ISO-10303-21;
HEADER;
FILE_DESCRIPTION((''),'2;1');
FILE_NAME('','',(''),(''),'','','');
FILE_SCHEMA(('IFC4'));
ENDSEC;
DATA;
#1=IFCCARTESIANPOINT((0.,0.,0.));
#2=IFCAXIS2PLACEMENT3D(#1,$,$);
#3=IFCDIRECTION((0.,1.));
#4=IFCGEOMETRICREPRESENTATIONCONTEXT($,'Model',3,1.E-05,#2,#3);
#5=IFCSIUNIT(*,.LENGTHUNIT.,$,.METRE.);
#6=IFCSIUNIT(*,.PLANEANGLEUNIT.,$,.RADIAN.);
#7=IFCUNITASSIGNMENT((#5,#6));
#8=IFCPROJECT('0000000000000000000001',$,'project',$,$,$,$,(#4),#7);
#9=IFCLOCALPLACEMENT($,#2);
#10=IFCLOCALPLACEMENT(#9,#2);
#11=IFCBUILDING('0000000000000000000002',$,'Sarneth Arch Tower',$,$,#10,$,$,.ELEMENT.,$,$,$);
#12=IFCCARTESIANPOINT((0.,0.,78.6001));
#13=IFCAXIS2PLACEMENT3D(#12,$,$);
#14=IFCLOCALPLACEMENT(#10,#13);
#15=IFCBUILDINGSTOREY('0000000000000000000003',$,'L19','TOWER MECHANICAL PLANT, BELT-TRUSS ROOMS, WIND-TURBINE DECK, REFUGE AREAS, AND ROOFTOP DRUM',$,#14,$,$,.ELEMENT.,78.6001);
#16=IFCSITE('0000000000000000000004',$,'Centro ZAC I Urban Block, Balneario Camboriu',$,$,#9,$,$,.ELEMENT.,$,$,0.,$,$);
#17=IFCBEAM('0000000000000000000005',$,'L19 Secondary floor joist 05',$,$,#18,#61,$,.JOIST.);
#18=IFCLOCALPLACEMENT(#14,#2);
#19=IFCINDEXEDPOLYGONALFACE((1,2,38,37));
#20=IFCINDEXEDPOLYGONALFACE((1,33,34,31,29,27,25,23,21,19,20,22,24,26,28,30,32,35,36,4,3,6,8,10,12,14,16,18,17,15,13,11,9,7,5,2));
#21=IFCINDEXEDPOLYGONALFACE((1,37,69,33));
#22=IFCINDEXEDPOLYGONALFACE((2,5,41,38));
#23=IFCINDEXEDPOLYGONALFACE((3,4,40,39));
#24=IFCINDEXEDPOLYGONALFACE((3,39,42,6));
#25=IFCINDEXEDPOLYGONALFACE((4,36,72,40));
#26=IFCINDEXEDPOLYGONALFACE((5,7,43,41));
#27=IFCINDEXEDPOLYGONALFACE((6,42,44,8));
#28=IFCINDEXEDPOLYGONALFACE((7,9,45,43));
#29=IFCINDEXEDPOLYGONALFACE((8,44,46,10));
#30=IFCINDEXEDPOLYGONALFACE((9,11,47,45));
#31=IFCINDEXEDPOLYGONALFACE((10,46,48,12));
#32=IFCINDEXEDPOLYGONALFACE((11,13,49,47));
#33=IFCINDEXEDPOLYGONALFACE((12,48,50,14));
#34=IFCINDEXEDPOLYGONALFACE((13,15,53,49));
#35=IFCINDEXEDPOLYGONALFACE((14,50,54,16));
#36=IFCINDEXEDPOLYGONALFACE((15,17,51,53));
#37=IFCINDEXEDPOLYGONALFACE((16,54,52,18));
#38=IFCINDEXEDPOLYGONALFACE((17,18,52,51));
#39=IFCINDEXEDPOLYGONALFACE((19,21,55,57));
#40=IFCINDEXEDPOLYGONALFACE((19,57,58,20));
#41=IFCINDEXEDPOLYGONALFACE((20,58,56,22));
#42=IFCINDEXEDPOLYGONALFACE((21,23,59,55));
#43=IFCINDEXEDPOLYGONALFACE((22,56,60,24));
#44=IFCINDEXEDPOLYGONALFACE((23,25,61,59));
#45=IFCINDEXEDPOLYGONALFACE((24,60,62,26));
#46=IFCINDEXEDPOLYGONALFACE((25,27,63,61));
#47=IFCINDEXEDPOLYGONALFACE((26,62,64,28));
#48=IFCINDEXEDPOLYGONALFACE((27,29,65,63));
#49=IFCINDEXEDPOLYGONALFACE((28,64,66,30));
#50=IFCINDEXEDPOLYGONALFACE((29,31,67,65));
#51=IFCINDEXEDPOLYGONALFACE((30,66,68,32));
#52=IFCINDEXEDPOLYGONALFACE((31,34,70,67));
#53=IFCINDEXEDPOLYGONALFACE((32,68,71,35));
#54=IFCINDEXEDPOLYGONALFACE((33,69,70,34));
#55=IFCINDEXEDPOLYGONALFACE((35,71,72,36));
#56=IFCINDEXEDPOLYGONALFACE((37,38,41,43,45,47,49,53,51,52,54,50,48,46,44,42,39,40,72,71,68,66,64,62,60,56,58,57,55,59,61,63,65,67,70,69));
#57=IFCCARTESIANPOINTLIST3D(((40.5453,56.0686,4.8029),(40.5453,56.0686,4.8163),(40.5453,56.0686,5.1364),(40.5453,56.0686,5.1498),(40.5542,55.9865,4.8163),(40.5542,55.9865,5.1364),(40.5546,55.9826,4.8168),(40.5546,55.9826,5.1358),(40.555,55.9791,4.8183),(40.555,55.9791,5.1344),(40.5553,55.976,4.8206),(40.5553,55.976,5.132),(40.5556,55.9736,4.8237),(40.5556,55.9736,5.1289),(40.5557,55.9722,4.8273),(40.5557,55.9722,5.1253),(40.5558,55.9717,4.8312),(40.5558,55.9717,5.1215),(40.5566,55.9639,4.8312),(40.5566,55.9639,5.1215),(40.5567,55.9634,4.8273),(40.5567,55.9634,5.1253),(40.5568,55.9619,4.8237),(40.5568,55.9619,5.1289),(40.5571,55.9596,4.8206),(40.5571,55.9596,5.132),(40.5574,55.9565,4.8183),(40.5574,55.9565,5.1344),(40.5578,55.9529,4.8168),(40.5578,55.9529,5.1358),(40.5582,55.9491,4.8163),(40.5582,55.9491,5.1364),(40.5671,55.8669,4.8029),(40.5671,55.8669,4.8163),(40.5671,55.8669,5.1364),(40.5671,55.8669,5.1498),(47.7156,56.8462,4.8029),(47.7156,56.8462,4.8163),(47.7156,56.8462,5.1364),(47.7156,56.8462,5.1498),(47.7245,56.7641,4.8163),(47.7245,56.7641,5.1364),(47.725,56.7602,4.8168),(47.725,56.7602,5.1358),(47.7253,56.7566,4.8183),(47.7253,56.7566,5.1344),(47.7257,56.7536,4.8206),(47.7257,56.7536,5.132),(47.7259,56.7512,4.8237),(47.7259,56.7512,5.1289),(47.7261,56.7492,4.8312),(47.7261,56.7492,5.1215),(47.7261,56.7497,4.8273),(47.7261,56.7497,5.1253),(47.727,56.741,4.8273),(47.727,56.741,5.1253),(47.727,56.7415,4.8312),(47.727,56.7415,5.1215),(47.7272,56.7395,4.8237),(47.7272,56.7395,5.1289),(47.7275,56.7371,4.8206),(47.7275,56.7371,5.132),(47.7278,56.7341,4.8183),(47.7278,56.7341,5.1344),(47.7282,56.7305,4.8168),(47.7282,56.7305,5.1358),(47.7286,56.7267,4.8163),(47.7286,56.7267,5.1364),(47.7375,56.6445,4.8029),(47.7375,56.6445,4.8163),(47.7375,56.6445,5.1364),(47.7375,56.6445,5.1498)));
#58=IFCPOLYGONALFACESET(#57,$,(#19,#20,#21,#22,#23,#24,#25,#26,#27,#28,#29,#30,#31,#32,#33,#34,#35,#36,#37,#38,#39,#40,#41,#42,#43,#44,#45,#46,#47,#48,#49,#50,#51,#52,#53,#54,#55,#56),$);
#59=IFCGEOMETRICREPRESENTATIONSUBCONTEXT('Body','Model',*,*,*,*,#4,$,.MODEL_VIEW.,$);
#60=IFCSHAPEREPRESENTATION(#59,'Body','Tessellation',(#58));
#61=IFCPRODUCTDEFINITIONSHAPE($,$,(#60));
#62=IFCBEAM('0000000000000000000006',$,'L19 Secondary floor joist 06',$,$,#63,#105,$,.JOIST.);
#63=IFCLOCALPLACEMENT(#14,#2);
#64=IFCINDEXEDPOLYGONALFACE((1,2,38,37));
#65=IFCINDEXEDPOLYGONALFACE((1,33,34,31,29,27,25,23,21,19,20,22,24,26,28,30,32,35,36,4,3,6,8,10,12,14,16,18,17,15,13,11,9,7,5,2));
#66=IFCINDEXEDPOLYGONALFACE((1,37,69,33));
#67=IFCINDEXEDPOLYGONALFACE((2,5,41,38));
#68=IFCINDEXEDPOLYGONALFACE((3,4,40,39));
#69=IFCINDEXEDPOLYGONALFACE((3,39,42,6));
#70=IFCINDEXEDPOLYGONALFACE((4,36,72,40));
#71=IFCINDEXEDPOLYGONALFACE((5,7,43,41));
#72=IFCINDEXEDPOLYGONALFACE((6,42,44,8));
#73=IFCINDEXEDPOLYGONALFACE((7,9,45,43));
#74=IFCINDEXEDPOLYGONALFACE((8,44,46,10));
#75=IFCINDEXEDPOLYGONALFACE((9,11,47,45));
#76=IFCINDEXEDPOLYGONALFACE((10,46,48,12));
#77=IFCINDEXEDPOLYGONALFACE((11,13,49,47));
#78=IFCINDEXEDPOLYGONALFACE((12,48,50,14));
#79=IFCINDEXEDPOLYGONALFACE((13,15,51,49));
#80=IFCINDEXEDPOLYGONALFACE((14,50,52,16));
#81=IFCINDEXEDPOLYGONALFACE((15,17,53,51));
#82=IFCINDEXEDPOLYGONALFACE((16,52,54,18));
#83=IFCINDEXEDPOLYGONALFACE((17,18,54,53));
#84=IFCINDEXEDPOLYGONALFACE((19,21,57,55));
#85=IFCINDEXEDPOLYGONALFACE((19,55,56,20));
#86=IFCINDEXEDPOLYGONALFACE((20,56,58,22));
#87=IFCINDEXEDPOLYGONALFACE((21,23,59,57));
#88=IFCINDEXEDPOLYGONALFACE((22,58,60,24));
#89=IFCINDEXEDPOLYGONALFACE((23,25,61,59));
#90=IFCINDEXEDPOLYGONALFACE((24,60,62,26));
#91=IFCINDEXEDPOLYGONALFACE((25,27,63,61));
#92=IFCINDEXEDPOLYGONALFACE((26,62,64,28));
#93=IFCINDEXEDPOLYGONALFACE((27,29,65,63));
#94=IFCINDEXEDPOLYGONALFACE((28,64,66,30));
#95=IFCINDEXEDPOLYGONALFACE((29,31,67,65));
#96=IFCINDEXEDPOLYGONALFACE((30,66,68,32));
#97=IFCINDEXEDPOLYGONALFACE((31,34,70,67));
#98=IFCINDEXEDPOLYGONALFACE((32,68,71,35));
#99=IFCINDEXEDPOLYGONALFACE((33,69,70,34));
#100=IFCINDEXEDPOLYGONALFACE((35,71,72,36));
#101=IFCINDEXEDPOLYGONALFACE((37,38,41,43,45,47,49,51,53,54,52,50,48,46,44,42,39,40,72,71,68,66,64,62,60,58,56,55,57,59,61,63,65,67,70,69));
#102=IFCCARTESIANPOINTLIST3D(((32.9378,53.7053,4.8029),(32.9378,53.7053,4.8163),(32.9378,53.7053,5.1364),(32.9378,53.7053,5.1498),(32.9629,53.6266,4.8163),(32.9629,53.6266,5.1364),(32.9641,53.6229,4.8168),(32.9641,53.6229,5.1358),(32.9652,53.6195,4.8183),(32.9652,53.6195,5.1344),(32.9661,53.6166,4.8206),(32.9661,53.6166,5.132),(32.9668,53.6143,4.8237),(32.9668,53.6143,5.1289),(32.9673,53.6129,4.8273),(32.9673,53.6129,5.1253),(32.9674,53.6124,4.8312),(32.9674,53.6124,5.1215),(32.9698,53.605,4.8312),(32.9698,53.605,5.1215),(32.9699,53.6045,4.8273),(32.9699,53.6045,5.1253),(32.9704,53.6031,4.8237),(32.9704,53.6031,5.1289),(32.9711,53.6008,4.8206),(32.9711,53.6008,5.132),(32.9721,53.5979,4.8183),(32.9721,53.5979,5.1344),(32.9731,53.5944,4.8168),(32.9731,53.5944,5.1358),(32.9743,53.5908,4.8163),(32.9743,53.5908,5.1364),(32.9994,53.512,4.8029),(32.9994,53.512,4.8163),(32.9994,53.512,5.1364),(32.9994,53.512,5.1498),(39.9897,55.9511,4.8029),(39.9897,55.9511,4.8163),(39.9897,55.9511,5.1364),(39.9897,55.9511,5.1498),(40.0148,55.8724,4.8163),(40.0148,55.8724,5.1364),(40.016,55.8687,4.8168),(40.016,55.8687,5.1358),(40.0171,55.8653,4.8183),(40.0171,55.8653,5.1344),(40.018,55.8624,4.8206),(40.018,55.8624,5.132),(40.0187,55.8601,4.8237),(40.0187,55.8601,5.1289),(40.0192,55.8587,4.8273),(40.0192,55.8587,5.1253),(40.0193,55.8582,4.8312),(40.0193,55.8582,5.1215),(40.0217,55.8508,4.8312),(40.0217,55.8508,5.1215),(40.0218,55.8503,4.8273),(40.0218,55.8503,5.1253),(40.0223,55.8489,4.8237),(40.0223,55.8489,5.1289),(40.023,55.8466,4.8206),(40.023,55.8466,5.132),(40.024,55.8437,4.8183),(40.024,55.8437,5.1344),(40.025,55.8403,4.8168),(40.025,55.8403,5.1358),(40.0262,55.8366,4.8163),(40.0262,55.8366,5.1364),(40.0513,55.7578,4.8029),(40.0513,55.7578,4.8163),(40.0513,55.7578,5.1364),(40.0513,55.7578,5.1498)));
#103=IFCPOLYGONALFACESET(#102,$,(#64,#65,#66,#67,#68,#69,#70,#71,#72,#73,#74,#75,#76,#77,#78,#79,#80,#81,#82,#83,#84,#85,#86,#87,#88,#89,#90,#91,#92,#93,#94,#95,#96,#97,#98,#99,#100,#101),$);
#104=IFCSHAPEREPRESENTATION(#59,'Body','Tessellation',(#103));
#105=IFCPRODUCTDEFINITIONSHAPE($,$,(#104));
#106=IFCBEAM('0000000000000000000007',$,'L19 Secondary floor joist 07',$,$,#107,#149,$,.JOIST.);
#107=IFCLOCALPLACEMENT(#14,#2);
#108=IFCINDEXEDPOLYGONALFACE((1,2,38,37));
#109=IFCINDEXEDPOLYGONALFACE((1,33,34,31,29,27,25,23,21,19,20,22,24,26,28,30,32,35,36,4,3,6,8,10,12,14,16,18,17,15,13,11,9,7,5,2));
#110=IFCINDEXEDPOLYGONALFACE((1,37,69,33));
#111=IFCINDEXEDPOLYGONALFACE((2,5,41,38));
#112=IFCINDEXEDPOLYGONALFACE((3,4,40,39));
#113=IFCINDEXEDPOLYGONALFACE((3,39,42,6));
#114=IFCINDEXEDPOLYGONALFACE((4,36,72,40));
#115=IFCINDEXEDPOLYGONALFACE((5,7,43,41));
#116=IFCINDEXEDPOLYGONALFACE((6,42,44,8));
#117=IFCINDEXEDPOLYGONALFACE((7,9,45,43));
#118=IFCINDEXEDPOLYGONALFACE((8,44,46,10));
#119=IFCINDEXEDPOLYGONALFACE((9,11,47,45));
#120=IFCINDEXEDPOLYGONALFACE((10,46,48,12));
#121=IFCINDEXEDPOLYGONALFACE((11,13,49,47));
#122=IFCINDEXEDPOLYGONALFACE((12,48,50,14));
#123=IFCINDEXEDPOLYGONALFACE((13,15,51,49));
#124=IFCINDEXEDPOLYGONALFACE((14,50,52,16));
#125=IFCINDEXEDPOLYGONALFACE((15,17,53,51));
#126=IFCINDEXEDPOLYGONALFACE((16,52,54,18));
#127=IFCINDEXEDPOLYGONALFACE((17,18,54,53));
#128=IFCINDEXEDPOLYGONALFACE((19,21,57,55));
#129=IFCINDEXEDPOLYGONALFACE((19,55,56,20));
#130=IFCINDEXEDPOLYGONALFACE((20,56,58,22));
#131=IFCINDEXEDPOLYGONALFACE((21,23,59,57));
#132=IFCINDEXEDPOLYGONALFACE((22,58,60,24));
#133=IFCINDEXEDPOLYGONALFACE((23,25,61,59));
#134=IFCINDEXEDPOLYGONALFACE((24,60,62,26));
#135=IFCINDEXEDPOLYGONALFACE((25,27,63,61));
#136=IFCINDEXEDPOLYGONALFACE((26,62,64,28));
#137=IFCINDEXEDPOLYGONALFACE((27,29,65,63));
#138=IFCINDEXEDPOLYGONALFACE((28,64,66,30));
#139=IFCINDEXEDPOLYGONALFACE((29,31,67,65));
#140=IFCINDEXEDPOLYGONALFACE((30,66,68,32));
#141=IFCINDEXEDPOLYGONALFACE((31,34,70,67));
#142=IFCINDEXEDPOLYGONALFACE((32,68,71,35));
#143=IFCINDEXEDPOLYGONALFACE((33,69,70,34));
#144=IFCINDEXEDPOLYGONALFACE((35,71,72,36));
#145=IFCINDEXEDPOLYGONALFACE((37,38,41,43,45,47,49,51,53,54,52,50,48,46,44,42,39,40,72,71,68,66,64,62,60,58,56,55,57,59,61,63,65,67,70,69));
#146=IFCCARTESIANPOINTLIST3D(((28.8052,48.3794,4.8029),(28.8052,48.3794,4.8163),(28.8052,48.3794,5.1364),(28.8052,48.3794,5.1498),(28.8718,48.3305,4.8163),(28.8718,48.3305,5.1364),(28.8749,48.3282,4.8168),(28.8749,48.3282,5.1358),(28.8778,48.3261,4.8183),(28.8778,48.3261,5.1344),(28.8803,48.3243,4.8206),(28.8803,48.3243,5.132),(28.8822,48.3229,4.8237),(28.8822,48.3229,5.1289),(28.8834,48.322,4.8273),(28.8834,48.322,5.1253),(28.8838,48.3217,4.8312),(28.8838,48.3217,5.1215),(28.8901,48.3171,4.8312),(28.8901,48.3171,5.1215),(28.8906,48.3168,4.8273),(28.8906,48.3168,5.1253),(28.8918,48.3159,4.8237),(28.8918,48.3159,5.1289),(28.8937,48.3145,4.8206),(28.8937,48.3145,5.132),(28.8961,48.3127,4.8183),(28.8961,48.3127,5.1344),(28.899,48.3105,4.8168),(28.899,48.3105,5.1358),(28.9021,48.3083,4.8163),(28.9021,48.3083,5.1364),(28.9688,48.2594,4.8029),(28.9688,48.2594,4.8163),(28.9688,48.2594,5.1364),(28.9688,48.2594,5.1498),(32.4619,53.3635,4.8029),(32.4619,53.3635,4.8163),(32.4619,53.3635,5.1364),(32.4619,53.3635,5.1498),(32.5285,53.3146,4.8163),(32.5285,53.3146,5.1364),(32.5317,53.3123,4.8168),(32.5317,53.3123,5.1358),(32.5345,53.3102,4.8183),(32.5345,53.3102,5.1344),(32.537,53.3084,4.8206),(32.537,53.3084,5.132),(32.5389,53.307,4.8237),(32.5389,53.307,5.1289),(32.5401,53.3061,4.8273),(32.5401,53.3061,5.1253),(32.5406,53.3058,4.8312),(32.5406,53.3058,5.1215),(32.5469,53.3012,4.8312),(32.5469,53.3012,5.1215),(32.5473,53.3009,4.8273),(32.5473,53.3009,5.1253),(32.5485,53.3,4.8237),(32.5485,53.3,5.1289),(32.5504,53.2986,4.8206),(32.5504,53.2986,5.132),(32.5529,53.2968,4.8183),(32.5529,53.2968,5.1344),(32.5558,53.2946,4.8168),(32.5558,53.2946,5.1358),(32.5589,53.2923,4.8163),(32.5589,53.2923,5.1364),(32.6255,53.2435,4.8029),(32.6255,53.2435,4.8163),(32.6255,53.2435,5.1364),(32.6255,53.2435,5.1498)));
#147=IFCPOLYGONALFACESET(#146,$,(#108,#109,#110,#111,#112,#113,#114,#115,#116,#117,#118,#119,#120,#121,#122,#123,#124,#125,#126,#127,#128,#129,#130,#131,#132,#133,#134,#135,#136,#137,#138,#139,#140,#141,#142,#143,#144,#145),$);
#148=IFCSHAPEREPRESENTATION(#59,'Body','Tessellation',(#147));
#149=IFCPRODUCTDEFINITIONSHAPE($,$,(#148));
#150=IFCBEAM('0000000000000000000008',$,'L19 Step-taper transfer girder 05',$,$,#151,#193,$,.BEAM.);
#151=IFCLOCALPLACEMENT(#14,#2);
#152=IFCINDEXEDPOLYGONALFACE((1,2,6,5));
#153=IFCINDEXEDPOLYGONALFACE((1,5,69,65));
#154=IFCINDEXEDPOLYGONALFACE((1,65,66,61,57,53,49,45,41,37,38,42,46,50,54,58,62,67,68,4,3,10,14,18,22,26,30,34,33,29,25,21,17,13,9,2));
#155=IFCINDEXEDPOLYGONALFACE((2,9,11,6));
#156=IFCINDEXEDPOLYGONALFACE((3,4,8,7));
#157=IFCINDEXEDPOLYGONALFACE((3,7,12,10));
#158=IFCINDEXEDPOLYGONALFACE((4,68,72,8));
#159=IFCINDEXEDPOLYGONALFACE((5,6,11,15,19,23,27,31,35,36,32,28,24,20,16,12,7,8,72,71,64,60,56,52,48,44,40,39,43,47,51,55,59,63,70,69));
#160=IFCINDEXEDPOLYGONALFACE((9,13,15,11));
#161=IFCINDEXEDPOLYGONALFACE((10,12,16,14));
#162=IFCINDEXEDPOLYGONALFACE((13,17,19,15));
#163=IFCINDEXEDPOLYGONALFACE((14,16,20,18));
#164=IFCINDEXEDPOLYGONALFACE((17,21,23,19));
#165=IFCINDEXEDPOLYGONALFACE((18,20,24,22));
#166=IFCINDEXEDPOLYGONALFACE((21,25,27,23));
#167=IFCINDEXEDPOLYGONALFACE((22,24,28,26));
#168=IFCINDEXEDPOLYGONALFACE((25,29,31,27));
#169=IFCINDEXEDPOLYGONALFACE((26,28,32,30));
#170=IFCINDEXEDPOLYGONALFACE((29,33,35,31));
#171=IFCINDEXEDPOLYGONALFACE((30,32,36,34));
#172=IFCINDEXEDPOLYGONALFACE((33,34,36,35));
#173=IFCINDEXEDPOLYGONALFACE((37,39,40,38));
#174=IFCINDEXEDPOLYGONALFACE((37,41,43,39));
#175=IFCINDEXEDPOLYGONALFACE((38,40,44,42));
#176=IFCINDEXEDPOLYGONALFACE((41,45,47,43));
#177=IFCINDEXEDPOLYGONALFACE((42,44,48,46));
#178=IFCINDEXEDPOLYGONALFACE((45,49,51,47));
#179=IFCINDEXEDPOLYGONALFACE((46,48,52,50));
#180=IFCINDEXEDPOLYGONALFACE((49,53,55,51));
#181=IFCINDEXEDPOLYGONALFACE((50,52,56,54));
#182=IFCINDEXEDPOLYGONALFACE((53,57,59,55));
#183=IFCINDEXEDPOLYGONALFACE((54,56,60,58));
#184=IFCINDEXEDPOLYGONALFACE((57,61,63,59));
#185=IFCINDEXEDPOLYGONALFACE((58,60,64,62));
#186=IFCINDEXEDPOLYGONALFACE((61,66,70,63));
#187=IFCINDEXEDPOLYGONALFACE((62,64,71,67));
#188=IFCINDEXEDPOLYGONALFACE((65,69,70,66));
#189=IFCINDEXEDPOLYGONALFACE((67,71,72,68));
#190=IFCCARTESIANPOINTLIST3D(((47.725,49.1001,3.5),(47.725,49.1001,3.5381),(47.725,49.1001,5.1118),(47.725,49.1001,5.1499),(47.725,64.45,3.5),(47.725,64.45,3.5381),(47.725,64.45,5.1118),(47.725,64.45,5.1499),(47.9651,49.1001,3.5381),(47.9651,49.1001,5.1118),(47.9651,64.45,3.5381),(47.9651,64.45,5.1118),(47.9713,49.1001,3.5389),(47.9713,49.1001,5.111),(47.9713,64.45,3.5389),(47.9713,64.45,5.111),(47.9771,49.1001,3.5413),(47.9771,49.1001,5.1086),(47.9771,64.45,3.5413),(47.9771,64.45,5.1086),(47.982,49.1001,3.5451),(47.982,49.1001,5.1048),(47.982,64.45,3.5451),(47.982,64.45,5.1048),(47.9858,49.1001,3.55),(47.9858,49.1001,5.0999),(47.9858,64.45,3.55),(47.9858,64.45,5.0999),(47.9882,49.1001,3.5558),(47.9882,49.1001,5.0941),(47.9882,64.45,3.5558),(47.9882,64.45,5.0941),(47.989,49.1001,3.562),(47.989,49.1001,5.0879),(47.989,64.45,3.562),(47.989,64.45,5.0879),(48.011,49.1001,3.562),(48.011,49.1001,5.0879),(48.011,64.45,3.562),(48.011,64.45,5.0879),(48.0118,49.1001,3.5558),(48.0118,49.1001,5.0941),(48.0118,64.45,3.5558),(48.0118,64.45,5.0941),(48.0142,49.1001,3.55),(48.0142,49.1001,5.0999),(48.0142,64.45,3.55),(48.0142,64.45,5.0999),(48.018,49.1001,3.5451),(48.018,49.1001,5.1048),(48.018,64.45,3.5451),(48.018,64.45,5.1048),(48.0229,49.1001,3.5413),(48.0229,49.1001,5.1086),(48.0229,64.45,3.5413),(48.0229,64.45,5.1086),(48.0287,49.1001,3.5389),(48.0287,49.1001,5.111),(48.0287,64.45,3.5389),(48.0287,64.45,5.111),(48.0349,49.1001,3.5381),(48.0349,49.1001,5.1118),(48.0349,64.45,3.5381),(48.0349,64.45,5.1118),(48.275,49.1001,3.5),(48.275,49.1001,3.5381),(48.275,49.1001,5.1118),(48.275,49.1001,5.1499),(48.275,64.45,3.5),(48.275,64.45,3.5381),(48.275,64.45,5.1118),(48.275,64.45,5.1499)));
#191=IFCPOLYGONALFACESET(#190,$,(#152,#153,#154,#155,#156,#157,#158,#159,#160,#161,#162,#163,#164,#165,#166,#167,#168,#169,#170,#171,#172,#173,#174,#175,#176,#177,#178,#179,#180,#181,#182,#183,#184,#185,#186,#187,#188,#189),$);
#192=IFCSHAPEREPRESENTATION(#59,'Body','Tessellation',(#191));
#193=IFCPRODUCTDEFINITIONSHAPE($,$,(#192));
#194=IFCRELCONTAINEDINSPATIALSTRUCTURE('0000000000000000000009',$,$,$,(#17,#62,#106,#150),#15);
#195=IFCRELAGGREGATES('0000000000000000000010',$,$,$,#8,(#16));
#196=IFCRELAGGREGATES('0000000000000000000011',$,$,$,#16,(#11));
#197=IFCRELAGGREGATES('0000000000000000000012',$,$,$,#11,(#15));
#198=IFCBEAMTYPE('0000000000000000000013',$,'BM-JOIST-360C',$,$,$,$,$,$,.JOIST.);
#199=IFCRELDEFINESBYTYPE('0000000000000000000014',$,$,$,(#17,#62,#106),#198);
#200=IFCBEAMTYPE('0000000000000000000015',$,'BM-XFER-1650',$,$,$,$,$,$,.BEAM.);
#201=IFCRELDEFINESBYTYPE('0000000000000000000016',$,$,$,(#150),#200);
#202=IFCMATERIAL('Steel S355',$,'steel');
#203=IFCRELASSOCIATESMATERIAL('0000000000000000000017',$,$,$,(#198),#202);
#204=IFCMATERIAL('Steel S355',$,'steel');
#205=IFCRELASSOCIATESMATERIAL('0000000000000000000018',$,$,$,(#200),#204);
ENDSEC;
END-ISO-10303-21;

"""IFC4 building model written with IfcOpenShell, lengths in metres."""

from ifc_helpers import new_model, si_unit, direction, frame, origin, origin_2d, place, context, subcontext, project, spatial, i_section, extrude, material, material_profile, profile_set, type_object, element, save


model = new_model("IFC4")

# Units and contexts
model_context = context("Model", 3, precision=1e-05, world=origin(), true_north=direction((0.0, 1.0)))
body_context = subcontext(model_context, "Body", "Model", "MODEL_VIEW")
ifc_project = project(units=[si_unit("LENGTHUNIT", "METRE"), si_unit("PLANEANGLEUNIT", "RADIAN")], contexts=[model_context])

# Site, building, storey
site_placement = place(None, origin())
site = spatial("IfcSite", under=ifc_project, at=site_placement, Name="Centro ZAC I Urban Block, Balneario Camboriu", CompositionType="ELEMENT", RefElevation=0.0)
building_placement = place(site_placement, origin())
building = spatial("IfcBuilding", under=site, at=building_placement, Name="Sarneth Arch Tower", CompositionType="ELEMENT")
storey_placement = place(building_placement, frame((0.0, 0.0, 78.6001)))
storey = spatial("IfcBuildingStorey", under=building, at=storey_placement, Name="L19", Description="TOWER MECHANICAL PLANT, BELT-TRUSS ROOMS, WIND-TURBINE DECK, REFUGE AREAS, AND ROOFTOP DRUM", CompositionType="ELEMENT", Elevation=78.6001)

# Beams
ifc_material_1 = material(Name="Steel S355", Category="steel")
ifc_material_profile_1 = material_profile(ifc_material_1, i_section(OverallWidth=0.2029, OverallDepth=0.3469, WebThickness=0.0078, FlangeThickness=0.0134, FilletRadius=0.0149, at=origin_2d()), Name="W360x64")
ifc_profile_set_1 = profile_set([ifc_material_profile_1], Name="Steel S355")
beam_type_1 = type_object("IfcBeamType", Name="BM-JOIST-360C", PredefinedType="JOIST", material=ifc_profile_set_1)
beam_1_placement = place(storey_placement, frame((47.7266, 56.7454, 4.9763), z_axis=(-0.994171, -0.107812, 0.0), x_axis=(0.107812, -0.994171, 0.0)))
element("IfcBeam", 1, at=beam_1_placement, inside=storey, type_object=beam_type_1, Name="L19 Secondary floor joist 05", PredefinedType="JOIST", context=body_context, shape_type="SweptSolid", body=[
    extrude(i_section(OverallWidth=0.2029, OverallDepth=0.3469, WebThickness=0.0078, FlangeThickness=0.0134, FilletRadius=0.0149, at=origin_2d()), origin(), (0.0, 0.0, 1.0), 7.2124),
])
beam_2_placement = place(storey_placement, frame((40.0205, 55.8545, 4.9763), z_axis=(-0.952846, -0.303453, 0.0), x_axis=(0.303453, -0.952846, 0.0)))
element("IfcBeam", 2, at=beam_2_placement, inside=storey, type_object=beam_type_1, Name="L19 Secondary floor joist 06", PredefinedType="JOIST", context=body_context, shape_type="SweptSolid", body=[
    extrude(i_section(OverallWidth=0.2029, OverallDepth=0.3469, WebThickness=0.0078, FlangeThickness=0.0134, FilletRadius=0.0149, at=origin_2d()), origin(), (0.0, 0.0, 1.0), 7.4009),
])
beam_3_placement = place(storey_placement, frame((32.5437, 53.3035, 4.9763), z_axis=(-0.591543, -0.806273, 0.0), x_axis=(0.806273, -0.591543, 0.0)))
element("IfcBeam", 3, at=beam_3_placement, inside=storey, type_object=beam_type_1, Name="L19 Secondary floor joist 07", PredefinedType="JOIST", context=body_context, shape_type="SweptSolid", body=[
    extrude(i_section(OverallWidth=0.2029, OverallDepth=0.3469, WebThickness=0.0078, FlangeThickness=0.0134, FilletRadius=0.0149, at=origin_2d()), origin(), (0.0, 0.0, 1.0), 6.1816),
])
ifc_material_2 = material(Name="Steel S355", Category="steel")
ifc_material_profile_2 = material_profile(ifc_material_2, i_section(OverallWidth=0.55, OverallDepth=1.6499, WebThickness=0.022, FlangeThickness=0.0381, FilletRadius=0.0239, at=origin_2d()), Name="CVS1650x680")
ifc_profile_set_2 = profile_set([ifc_material_profile_2], Name="Steel S355")
beam_type_2 = type_object("IfcBeamType", Name="BM-XFER-1650", PredefinedType="BEAM", material=ifc_profile_set_2)
beam_4_placement = place(storey_placement, frame((48.0, 49.1001, 4.325), z_axis=(0.0, 1.0, 0.0), x_axis=(-1.0, 0.0, 0.0)))
element("IfcBeam", 4, at=beam_4_placement, inside=storey, type_object=beam_type_2, Name="L19 Step-taper transfer girder 05", PredefinedType="BEAM", context=body_context, shape_type="SweptSolid", body=[
    extrude(i_section(OverallWidth=0.55, OverallDepth=1.6499, WebThickness=0.022, FlangeThickness=0.0381, FilletRadius=0.0239, at=origin_2d()), origin(), (0.0, 0.0, 1.0), 15.3499),
])

save(model, "model.ifc")
